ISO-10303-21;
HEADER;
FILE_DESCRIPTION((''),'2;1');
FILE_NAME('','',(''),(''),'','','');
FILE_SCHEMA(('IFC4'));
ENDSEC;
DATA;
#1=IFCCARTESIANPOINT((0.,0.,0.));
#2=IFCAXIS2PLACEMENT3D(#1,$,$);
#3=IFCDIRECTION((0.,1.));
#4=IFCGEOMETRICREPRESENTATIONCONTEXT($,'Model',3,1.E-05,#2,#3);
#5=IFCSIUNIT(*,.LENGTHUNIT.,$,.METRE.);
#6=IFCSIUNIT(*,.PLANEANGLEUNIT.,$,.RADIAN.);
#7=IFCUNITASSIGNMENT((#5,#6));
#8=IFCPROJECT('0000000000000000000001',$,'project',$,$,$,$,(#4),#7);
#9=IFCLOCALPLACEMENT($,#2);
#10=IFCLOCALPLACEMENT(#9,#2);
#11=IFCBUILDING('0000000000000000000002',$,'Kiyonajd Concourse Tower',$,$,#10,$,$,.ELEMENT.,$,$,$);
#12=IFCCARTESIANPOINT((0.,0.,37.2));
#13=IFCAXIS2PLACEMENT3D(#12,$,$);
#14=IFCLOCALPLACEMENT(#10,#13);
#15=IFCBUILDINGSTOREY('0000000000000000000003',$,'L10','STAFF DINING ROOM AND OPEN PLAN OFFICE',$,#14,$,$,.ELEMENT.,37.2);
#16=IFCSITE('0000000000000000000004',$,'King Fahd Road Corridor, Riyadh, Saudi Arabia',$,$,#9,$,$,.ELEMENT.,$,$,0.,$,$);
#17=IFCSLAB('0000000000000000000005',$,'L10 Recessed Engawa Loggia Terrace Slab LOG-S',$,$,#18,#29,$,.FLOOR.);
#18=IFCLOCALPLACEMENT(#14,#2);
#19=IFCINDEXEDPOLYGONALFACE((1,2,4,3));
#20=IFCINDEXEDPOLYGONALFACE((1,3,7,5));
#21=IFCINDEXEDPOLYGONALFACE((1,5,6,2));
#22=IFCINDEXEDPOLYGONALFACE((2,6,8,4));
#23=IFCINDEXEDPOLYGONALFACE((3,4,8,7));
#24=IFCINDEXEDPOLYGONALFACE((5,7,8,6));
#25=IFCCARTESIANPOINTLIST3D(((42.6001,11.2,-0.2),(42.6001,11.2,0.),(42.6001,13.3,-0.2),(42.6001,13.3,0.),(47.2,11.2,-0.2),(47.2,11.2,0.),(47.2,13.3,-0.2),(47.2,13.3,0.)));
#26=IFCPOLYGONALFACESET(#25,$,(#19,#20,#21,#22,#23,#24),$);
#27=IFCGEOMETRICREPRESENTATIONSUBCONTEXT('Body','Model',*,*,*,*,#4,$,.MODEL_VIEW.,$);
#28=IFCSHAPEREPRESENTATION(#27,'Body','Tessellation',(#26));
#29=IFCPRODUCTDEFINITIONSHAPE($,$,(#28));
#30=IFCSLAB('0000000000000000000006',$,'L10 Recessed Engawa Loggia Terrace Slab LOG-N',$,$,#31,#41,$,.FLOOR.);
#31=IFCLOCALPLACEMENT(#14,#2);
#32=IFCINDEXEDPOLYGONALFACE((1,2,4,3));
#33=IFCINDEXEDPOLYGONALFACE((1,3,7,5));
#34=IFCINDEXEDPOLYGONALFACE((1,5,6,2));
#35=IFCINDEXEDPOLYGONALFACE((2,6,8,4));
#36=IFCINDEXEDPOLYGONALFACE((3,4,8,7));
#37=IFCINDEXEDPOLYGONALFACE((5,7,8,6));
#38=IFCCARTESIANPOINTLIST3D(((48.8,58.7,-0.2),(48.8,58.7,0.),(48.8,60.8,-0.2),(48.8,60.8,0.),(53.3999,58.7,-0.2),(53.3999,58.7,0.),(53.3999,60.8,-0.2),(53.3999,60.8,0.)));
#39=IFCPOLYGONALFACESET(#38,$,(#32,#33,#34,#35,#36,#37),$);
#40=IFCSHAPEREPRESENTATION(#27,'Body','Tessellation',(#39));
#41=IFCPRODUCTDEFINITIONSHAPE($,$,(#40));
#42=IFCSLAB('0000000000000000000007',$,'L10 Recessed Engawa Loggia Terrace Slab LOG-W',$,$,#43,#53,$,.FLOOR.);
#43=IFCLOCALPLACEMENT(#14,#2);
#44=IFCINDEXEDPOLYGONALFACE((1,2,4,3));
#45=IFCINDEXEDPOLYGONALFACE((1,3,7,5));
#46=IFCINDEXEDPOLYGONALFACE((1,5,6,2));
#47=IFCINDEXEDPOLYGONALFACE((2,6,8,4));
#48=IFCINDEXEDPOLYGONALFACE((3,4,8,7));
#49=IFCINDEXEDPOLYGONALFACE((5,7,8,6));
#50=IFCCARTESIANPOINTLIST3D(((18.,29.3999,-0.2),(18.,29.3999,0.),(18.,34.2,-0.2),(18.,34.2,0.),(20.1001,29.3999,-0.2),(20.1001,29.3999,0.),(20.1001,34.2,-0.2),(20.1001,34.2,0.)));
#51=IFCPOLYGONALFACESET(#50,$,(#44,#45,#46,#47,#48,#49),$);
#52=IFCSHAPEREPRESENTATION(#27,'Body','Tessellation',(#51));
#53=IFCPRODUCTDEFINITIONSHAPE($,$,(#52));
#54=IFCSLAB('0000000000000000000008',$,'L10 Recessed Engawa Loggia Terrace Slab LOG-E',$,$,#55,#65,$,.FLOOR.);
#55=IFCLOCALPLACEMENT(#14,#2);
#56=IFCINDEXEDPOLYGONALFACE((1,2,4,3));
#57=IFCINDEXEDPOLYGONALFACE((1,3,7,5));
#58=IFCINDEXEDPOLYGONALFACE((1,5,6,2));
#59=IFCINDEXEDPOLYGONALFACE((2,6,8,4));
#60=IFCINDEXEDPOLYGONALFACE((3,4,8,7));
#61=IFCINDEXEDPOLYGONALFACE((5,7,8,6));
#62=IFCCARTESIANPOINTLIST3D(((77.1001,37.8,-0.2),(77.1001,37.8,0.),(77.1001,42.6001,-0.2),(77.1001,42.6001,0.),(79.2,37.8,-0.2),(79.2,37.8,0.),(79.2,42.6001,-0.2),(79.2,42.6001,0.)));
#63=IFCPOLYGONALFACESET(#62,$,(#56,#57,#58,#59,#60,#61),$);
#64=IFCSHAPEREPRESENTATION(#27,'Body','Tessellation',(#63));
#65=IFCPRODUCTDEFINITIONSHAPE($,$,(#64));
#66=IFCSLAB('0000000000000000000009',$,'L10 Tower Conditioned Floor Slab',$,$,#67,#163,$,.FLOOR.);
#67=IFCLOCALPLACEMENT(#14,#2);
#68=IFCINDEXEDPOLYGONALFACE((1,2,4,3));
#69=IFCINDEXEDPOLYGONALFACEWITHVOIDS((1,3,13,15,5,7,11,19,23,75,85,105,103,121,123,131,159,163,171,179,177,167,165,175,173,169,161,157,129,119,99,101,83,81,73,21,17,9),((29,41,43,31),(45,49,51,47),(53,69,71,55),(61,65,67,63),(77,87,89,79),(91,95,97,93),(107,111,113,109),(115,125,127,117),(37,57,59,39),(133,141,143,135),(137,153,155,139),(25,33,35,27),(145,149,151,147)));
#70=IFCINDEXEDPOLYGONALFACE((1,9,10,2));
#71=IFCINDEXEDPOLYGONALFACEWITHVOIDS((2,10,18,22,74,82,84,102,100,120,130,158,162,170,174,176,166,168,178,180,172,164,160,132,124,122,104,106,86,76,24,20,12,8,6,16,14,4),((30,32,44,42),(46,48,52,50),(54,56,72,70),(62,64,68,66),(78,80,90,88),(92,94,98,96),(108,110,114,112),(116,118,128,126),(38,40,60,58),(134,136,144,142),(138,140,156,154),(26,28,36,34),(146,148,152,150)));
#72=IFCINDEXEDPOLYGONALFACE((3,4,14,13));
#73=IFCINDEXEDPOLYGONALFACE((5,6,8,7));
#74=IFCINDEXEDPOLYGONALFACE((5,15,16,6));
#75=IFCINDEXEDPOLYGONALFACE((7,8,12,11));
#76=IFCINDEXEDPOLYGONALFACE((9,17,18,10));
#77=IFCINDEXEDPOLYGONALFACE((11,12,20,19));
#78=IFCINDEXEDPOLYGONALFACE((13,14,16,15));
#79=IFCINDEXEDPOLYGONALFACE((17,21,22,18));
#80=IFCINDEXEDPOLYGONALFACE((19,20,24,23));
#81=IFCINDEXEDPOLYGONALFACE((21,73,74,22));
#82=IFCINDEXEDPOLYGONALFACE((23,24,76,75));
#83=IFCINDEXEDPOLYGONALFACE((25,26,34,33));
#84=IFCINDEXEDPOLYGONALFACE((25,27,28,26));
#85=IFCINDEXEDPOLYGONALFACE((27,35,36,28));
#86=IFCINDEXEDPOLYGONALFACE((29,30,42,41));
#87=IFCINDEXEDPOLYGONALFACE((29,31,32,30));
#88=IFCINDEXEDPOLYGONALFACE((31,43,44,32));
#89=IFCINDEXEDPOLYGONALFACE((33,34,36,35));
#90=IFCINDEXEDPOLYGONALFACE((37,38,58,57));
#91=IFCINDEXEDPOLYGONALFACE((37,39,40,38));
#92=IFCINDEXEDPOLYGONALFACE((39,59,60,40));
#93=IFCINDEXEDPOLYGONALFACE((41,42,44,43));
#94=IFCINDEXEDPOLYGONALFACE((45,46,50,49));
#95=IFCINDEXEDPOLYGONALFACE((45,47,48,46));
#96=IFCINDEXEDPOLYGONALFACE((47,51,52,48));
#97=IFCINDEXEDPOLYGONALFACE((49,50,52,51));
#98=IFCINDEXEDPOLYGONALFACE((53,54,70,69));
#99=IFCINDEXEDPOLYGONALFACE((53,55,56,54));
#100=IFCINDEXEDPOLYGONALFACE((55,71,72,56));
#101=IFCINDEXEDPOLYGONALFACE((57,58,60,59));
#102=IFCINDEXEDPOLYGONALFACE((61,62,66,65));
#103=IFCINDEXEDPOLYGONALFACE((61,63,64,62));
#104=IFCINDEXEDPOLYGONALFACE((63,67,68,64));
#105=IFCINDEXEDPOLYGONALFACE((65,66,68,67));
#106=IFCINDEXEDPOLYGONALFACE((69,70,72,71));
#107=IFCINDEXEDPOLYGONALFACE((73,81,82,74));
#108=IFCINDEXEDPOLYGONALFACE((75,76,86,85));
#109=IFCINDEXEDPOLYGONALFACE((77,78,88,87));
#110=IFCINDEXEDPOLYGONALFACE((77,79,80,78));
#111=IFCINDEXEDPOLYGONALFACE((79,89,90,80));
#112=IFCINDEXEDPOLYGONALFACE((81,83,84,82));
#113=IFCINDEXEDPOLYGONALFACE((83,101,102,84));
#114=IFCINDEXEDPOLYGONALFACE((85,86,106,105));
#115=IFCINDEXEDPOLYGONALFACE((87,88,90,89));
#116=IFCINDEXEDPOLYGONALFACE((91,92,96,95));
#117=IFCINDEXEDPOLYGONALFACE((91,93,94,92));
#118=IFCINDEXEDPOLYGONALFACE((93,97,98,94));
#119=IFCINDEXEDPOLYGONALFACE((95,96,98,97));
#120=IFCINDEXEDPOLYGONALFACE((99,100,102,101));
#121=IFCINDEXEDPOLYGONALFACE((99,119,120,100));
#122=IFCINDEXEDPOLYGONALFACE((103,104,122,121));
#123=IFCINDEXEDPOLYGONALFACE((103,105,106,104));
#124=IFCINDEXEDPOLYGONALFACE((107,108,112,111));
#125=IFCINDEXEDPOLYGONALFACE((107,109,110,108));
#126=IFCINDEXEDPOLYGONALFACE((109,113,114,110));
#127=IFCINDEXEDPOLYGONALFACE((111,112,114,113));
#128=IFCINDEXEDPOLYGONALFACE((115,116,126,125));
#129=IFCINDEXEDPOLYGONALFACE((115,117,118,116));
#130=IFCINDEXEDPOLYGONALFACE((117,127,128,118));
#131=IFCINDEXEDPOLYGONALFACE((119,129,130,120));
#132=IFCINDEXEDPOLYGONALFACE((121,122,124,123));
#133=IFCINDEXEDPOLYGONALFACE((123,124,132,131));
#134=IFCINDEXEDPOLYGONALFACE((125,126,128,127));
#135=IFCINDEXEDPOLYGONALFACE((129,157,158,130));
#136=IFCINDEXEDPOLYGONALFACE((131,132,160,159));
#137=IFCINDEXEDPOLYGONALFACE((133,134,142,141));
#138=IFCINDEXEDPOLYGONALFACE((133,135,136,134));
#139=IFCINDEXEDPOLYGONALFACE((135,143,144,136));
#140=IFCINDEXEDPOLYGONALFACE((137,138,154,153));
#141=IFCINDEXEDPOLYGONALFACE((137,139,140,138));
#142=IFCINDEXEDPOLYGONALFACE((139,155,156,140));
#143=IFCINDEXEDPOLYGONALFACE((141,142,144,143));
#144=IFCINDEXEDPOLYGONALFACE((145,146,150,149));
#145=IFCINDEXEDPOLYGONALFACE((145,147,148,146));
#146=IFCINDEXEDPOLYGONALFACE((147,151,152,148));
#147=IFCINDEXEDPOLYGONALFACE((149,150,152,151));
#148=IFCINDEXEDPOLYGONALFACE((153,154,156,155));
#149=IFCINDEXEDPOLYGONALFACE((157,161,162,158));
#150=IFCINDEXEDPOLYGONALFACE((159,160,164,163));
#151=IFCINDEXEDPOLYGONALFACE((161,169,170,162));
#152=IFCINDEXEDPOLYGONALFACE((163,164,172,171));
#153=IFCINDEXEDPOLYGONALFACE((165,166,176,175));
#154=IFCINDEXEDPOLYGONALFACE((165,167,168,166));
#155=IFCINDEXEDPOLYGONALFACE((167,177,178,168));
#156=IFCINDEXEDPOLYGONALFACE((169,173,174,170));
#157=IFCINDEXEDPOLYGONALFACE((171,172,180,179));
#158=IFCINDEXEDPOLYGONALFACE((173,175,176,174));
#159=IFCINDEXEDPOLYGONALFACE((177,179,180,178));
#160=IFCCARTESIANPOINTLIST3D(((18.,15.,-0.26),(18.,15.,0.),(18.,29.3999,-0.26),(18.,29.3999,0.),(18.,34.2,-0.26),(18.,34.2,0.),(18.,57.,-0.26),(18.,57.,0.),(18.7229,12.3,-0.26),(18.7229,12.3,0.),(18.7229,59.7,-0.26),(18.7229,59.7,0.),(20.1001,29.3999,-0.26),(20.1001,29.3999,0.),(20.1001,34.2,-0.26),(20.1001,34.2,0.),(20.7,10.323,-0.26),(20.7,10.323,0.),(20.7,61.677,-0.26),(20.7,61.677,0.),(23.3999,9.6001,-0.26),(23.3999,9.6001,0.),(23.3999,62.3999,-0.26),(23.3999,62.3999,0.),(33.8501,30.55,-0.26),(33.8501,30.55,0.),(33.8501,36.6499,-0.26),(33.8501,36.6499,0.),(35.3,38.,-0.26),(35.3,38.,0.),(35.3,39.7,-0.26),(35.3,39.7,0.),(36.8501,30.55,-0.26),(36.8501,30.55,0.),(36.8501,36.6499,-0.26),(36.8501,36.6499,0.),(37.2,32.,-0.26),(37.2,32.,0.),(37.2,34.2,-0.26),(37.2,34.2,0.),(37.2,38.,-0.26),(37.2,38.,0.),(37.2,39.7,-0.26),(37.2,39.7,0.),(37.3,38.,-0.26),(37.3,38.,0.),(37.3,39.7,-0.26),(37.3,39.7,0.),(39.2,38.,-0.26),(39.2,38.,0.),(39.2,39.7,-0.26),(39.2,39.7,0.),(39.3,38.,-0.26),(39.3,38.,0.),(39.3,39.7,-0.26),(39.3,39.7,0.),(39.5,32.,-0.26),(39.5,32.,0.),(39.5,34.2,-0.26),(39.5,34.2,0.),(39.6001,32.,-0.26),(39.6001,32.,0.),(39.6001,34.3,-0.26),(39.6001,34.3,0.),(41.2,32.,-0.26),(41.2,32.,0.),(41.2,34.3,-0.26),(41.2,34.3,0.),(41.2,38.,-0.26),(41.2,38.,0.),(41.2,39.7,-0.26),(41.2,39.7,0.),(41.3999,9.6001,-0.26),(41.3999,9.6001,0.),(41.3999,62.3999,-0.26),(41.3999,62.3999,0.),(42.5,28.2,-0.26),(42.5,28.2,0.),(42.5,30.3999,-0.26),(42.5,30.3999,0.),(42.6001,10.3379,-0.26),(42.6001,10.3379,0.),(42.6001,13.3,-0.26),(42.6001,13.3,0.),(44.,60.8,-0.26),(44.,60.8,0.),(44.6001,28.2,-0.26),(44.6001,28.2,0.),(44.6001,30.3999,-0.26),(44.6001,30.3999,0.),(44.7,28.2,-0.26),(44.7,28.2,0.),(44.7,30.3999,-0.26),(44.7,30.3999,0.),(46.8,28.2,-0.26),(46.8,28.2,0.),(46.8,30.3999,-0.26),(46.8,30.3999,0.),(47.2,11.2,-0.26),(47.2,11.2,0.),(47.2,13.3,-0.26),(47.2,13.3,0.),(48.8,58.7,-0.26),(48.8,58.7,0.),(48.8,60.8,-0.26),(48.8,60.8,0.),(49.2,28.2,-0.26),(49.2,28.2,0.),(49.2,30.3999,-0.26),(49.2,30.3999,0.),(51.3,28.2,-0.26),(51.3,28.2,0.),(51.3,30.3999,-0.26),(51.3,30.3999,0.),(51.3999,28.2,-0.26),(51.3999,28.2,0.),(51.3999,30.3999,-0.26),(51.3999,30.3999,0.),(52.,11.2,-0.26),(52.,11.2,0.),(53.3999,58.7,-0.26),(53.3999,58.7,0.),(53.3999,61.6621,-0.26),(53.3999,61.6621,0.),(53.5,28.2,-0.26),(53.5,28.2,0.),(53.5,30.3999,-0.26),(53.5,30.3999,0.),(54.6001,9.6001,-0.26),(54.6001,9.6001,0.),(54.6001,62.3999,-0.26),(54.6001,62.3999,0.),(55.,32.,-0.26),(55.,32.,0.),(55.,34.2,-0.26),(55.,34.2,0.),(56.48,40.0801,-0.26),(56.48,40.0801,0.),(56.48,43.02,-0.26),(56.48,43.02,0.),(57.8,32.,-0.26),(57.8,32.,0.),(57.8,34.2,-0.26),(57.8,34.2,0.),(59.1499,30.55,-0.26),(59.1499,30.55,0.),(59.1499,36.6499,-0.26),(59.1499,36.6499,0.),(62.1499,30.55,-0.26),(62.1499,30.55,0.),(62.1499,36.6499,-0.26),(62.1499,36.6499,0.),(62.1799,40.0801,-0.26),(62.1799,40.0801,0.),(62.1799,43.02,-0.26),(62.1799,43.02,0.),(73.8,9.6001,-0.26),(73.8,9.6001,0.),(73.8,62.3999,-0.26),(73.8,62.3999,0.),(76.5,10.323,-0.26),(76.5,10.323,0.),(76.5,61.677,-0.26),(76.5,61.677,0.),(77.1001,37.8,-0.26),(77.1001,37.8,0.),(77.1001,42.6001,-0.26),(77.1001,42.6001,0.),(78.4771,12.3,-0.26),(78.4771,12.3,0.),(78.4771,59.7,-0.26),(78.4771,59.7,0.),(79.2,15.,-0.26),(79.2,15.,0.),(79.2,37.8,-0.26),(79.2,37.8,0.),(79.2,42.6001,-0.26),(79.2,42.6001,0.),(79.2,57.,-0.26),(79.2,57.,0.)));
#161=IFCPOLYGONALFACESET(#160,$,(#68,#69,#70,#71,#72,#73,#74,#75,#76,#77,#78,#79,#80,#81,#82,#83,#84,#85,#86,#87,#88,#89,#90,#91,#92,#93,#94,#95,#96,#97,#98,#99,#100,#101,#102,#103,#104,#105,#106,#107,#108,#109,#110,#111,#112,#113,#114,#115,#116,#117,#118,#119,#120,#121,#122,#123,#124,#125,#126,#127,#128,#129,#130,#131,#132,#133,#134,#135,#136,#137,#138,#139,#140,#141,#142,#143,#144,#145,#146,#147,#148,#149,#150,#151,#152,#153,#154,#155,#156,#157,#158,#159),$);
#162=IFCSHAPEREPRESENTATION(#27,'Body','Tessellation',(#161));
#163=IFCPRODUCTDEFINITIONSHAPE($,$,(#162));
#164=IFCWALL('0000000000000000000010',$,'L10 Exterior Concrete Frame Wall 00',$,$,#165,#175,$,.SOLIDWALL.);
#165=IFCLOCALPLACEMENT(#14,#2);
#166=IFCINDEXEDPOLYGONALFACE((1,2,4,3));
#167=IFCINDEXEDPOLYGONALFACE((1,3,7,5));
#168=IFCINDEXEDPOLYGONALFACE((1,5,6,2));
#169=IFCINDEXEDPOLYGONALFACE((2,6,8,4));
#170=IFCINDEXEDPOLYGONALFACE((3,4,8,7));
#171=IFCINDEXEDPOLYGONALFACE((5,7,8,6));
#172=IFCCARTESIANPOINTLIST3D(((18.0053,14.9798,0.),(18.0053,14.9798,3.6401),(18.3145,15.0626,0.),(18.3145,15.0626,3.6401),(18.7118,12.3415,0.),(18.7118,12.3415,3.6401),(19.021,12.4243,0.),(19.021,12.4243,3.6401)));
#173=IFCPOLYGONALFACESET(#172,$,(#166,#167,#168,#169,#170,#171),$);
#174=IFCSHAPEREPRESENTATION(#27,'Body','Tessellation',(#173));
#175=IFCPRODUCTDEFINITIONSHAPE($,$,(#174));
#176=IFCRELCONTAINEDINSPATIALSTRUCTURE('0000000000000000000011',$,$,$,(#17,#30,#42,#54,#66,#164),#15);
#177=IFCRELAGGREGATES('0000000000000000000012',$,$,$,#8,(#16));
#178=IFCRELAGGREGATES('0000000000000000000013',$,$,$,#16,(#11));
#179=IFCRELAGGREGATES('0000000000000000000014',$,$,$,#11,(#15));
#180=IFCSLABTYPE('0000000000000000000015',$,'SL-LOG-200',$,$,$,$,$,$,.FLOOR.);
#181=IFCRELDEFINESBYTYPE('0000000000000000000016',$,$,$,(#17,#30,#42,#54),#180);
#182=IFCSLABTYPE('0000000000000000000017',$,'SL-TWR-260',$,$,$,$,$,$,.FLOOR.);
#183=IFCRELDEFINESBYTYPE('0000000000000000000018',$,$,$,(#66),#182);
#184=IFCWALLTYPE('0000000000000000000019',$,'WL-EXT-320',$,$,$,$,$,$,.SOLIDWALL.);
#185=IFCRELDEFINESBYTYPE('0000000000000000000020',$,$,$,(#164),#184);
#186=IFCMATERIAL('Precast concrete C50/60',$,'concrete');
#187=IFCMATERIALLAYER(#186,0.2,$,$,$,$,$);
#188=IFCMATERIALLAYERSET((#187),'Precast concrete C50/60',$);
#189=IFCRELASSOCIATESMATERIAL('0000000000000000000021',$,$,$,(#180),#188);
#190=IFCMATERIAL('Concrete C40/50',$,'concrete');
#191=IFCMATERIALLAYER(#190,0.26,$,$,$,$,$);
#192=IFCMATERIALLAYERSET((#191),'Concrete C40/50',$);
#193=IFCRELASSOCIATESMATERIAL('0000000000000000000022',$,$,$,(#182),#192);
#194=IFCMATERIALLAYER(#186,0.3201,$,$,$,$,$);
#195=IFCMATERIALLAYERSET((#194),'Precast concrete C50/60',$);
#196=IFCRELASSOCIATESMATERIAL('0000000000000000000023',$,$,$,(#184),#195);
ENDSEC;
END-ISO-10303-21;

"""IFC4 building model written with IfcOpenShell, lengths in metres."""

from ifc_helpers import new_model, si_unit, direction, frame, frame_2d, origin, place, context, subcontext, project, spatial, polyline, rectangle, outline, extrude, material, layer, layer_set, type_object, element, save


model = new_model("IFC4")

# Units and contexts
model_context = context("Model", 3, precision=1e-05, world=origin(), true_north=direction((0.0, 1.0)))
body_context = subcontext(model_context, "Body", "Model", "MODEL_VIEW")
ifc_project = project(units=[si_unit("LENGTHUNIT", "METRE"), si_unit("PLANEANGLEUNIT", "RADIAN")], contexts=[model_context])

# Site, building, storey
site_placement = place(None, origin())
site = spatial("IfcSite", under=ifc_project, at=site_placement, Name="King Fahd Road Corridor, Riyadh, Saudi Arabia", CompositionType="ELEMENT", RefElevation=0.0)
building_placement = place(site_placement, origin())
building = spatial("IfcBuilding", under=site, at=building_placement, Name="Kiyonajd Concourse Tower", CompositionType="ELEMENT")
storey_placement = place(building_placement, frame((0.0, 0.0, 37.2)))
storey = spatial("IfcBuildingStorey", under=building, at=storey_placement, Name="L10", Description="STAFF DINING ROOM AND OPEN PLAN OFFICE", CompositionType="ELEMENT", Elevation=37.2)

# Shared definitions
ifc_material_1 = material(Name="Precast concrete C50/60", Category="concrete")

# Shared definitions
ifc_material_2 = material(Name="Concrete C40/50", Category="concrete")

# Slabs
ifc_layer_1 = layer(ifc_material_1, 0.2)
ifc_layer_set_1 = layer_set([ifc_layer_1], Name="Precast concrete C50/60")
slab_type_1 = type_object("IfcSlabType", Name="SL-LOG-200", PredefinedType="FLOOR", material=ifc_layer_set_1)
slab_1_placement = place(storey_placement, frame((0.0, 0.0, -0.2)))
element("IfcSlab", 1, at=slab_1_placement, inside=storey, type_object=slab_type_1, Name="L10 Recessed Engawa Loggia Terrace Slab LOG-S", PredefinedType="FLOOR", context=body_context, shape_type="SweptSolid", body=[
    extrude(outline(polyline([(42.6001, 11.2), (47.2, 11.2), (47.2, 13.3), (42.6001, 13.3), (42.6001, 11.2)])), origin(), (0.0, 0.0, 1.0), 0.2),
])
slab_2_placement = place(storey_placement, frame((0.0, 0.0, -0.2)))
element("IfcSlab", 2, at=slab_2_placement, inside=storey, type_object=slab_type_1, Name="L10 Recessed Engawa Loggia Terrace Slab LOG-N", PredefinedType="FLOOR", context=body_context, shape_type="SweptSolid", body=[
    extrude(outline(polyline([(48.8, 58.7), (53.3999, 58.7), (53.3999, 60.8), (48.8, 60.8), (48.8, 58.7)])), origin(), (0.0, 0.0, 1.0), 0.2),
])
slab_3_placement = place(storey_placement, frame((0.0, 0.0, -0.2)))
element("IfcSlab", 3, at=slab_3_placement, inside=storey, type_object=slab_type_1, Name="L10 Recessed Engawa Loggia Terrace Slab LOG-W", PredefinedType="FLOOR", context=body_context, shape_type="SweptSolid", body=[
    extrude(outline(polyline([(18.0, 29.3999), (20.1001, 29.3999), (20.1001, 34.2), (18.0, 34.2), (18.0, 29.3999)])), origin(), (0.0, 0.0, 1.0), 0.2),
])
slab_4_placement = place(storey_placement, frame((0.0, 0.0, -0.2)))
element("IfcSlab", 4, at=slab_4_placement, inside=storey, type_object=slab_type_1, Name="L10 Recessed Engawa Loggia Terrace Slab LOG-E", PredefinedType="FLOOR", context=body_context, shape_type="SweptSolid", body=[
    extrude(outline(polyline([(77.1001, 37.8), (79.2, 37.8), (79.2, 42.6001), (77.1001, 42.6001), (77.1001, 37.8)])), origin(), (0.0, 0.0, 1.0), 0.2),
])
ifc_layer_2 = layer(ifc_material_2, 0.26)
ifc_layer_set_2 = layer_set([ifc_layer_2], Name="Concrete C40/50")
slab_type_2 = type_object("IfcSlabType", Name="SL-TWR-260", PredefinedType="FLOOR", material=ifc_layer_set_2)
slab_5_placement = place(storey_placement, frame((0.0, 0.0, -0.26)))
element("IfcSlab", 5, at=slab_5_placement, inside=storey, type_object=slab_type_2, Name="L10 Tower Conditioned Floor Slab", PredefinedType="FLOOR", context=body_context, shape_type="SweptSolid", body=[
    extrude(outline(polyline([(18.7229, 12.3), (18.0, 15.0), (18.0, 29.3999), (20.1001, 29.3999), (20.1001, 34.2), (18.0, 34.2), (18.0, 57.0), (18.7229, 59.7), (20.7, 61.677), (23.3999, 62.3999), (41.3999, 62.3999), (44.0, 60.8), (48.8, 60.8), (48.8, 58.7), (53.3999, 58.7), (53.3999, 61.6621), (54.6001, 62.3999), (73.8, 62.3999), (76.5, 61.677), (78.4771, 59.7), (79.2, 57.0), (79.2, 42.6001), (77.1001, 42.6001), (77.1001, 37.8), (79.2, 37.8), (79.2, 15.0), (78.4771, 12.3), (76.5, 10.323), (73.8, 9.6001), (54.6001, 9.6001), (52.0, 11.2), (47.2, 11.2), (47.2, 13.3), (42.6001, 13.3), (42.6001, 10.3379), (41.3999, 9.6001), (23.3999, 9.6001), (20.7, 10.323), (18.7229, 12.3)]), holes=[polyline([(44.6001, 28.2), (42.5, 28.2), (42.5, 30.3999), (44.6001, 30.3999), (44.6001, 28.2)]), polyline([(37.2, 32.0), (37.2, 34.2), (39.5, 34.2), (39.5, 32.0), (37.2, 32.0)]), polyline([(39.6001, 32.0), (39.6001, 34.3), (41.2, 34.3), (41.2, 32.0), (39.6001, 32.0)]), polyline([(36.8501, 30.55), (33.8501, 30.55), (33.8501, 36.6499), (36.8501, 36.6499), (36.8501, 30.55)]), polyline([(35.3, 38.0), (35.3, 39.7), (37.2, 39.7), (37.2, 38.0), (35.3, 38.0)]), polyline([(37.3, 38.0), (37.3, 39.7), (39.2, 39.7), (39.2, 38.0), (37.3, 38.0)]), polyline([(41.2, 38.0), (39.3, 38.0), (39.3, 39.7), (41.2, 39.7), (41.2, 38.0)]), polyline([(44.7, 28.2), (44.7, 30.3999), (46.8, 30.3999), (46.8, 28.2), (44.7, 28.2)]), polyline([(49.2, 28.2), (49.2, 30.3999), (51.3, 30.3999), (51.3, 28.2), (49.2, 28.2)]), polyline([(51.3999, 28.2), (51.3999, 30.3999), (53.5, 30.3999), (53.5, 28.2), (51.3999, 28.2)]), polyline([(55.0, 32.0), (55.0, 34.2), (57.8, 34.2), (57.8, 32.0), (55.0, 32.0)]), polyline([(59.1499, 30.55), (59.1499, 36.6499), (62.1499, 36.6499), (62.1499, 30.55), (59.1499, 30.55)]), polyline([(56.48, 43.02), (62.1799, 43.02), (62.1799, 40.0801), (56.48, 40.0801), (56.48, 43.02)])]), origin(), (0.0, 0.0, 1.0), 0.26),
])

# Wall
ifc_layer_3 = layer(ifc_material_1, 0.3201)
ifc_layer_set_3 = layer_set([ifc_layer_3], Name="Precast concrete C50/60")
wall_type_1 = type_object("IfcWallType", Name="WL-EXT-320", PredefinedType="SOLIDWALL", material=ifc_layer_set_3)
wall_1_placement = place(storey_placement, frame((18.8665, 12.3828, 0.0), z_axis=(0.0, 0.0, 1.0), x_axis=(-0.258697, 0.965958, 0.0)))
element("IfcWall", 6, at=wall_1_placement, inside=storey, type_object=wall_type_1, Name="L10 Exterior Concrete Frame Wall 00", PredefinedType="SOLIDWALL", context=body_context, shape_type="SweptSolid", body=[
    extrude(rectangle(XDim=2.7312, YDim=0.3201, at=frame_2d((1.3657, 0.0))), origin(), (0.0, 0.0, 1.0), 3.6401),
])

save(model, "model.ifc")
